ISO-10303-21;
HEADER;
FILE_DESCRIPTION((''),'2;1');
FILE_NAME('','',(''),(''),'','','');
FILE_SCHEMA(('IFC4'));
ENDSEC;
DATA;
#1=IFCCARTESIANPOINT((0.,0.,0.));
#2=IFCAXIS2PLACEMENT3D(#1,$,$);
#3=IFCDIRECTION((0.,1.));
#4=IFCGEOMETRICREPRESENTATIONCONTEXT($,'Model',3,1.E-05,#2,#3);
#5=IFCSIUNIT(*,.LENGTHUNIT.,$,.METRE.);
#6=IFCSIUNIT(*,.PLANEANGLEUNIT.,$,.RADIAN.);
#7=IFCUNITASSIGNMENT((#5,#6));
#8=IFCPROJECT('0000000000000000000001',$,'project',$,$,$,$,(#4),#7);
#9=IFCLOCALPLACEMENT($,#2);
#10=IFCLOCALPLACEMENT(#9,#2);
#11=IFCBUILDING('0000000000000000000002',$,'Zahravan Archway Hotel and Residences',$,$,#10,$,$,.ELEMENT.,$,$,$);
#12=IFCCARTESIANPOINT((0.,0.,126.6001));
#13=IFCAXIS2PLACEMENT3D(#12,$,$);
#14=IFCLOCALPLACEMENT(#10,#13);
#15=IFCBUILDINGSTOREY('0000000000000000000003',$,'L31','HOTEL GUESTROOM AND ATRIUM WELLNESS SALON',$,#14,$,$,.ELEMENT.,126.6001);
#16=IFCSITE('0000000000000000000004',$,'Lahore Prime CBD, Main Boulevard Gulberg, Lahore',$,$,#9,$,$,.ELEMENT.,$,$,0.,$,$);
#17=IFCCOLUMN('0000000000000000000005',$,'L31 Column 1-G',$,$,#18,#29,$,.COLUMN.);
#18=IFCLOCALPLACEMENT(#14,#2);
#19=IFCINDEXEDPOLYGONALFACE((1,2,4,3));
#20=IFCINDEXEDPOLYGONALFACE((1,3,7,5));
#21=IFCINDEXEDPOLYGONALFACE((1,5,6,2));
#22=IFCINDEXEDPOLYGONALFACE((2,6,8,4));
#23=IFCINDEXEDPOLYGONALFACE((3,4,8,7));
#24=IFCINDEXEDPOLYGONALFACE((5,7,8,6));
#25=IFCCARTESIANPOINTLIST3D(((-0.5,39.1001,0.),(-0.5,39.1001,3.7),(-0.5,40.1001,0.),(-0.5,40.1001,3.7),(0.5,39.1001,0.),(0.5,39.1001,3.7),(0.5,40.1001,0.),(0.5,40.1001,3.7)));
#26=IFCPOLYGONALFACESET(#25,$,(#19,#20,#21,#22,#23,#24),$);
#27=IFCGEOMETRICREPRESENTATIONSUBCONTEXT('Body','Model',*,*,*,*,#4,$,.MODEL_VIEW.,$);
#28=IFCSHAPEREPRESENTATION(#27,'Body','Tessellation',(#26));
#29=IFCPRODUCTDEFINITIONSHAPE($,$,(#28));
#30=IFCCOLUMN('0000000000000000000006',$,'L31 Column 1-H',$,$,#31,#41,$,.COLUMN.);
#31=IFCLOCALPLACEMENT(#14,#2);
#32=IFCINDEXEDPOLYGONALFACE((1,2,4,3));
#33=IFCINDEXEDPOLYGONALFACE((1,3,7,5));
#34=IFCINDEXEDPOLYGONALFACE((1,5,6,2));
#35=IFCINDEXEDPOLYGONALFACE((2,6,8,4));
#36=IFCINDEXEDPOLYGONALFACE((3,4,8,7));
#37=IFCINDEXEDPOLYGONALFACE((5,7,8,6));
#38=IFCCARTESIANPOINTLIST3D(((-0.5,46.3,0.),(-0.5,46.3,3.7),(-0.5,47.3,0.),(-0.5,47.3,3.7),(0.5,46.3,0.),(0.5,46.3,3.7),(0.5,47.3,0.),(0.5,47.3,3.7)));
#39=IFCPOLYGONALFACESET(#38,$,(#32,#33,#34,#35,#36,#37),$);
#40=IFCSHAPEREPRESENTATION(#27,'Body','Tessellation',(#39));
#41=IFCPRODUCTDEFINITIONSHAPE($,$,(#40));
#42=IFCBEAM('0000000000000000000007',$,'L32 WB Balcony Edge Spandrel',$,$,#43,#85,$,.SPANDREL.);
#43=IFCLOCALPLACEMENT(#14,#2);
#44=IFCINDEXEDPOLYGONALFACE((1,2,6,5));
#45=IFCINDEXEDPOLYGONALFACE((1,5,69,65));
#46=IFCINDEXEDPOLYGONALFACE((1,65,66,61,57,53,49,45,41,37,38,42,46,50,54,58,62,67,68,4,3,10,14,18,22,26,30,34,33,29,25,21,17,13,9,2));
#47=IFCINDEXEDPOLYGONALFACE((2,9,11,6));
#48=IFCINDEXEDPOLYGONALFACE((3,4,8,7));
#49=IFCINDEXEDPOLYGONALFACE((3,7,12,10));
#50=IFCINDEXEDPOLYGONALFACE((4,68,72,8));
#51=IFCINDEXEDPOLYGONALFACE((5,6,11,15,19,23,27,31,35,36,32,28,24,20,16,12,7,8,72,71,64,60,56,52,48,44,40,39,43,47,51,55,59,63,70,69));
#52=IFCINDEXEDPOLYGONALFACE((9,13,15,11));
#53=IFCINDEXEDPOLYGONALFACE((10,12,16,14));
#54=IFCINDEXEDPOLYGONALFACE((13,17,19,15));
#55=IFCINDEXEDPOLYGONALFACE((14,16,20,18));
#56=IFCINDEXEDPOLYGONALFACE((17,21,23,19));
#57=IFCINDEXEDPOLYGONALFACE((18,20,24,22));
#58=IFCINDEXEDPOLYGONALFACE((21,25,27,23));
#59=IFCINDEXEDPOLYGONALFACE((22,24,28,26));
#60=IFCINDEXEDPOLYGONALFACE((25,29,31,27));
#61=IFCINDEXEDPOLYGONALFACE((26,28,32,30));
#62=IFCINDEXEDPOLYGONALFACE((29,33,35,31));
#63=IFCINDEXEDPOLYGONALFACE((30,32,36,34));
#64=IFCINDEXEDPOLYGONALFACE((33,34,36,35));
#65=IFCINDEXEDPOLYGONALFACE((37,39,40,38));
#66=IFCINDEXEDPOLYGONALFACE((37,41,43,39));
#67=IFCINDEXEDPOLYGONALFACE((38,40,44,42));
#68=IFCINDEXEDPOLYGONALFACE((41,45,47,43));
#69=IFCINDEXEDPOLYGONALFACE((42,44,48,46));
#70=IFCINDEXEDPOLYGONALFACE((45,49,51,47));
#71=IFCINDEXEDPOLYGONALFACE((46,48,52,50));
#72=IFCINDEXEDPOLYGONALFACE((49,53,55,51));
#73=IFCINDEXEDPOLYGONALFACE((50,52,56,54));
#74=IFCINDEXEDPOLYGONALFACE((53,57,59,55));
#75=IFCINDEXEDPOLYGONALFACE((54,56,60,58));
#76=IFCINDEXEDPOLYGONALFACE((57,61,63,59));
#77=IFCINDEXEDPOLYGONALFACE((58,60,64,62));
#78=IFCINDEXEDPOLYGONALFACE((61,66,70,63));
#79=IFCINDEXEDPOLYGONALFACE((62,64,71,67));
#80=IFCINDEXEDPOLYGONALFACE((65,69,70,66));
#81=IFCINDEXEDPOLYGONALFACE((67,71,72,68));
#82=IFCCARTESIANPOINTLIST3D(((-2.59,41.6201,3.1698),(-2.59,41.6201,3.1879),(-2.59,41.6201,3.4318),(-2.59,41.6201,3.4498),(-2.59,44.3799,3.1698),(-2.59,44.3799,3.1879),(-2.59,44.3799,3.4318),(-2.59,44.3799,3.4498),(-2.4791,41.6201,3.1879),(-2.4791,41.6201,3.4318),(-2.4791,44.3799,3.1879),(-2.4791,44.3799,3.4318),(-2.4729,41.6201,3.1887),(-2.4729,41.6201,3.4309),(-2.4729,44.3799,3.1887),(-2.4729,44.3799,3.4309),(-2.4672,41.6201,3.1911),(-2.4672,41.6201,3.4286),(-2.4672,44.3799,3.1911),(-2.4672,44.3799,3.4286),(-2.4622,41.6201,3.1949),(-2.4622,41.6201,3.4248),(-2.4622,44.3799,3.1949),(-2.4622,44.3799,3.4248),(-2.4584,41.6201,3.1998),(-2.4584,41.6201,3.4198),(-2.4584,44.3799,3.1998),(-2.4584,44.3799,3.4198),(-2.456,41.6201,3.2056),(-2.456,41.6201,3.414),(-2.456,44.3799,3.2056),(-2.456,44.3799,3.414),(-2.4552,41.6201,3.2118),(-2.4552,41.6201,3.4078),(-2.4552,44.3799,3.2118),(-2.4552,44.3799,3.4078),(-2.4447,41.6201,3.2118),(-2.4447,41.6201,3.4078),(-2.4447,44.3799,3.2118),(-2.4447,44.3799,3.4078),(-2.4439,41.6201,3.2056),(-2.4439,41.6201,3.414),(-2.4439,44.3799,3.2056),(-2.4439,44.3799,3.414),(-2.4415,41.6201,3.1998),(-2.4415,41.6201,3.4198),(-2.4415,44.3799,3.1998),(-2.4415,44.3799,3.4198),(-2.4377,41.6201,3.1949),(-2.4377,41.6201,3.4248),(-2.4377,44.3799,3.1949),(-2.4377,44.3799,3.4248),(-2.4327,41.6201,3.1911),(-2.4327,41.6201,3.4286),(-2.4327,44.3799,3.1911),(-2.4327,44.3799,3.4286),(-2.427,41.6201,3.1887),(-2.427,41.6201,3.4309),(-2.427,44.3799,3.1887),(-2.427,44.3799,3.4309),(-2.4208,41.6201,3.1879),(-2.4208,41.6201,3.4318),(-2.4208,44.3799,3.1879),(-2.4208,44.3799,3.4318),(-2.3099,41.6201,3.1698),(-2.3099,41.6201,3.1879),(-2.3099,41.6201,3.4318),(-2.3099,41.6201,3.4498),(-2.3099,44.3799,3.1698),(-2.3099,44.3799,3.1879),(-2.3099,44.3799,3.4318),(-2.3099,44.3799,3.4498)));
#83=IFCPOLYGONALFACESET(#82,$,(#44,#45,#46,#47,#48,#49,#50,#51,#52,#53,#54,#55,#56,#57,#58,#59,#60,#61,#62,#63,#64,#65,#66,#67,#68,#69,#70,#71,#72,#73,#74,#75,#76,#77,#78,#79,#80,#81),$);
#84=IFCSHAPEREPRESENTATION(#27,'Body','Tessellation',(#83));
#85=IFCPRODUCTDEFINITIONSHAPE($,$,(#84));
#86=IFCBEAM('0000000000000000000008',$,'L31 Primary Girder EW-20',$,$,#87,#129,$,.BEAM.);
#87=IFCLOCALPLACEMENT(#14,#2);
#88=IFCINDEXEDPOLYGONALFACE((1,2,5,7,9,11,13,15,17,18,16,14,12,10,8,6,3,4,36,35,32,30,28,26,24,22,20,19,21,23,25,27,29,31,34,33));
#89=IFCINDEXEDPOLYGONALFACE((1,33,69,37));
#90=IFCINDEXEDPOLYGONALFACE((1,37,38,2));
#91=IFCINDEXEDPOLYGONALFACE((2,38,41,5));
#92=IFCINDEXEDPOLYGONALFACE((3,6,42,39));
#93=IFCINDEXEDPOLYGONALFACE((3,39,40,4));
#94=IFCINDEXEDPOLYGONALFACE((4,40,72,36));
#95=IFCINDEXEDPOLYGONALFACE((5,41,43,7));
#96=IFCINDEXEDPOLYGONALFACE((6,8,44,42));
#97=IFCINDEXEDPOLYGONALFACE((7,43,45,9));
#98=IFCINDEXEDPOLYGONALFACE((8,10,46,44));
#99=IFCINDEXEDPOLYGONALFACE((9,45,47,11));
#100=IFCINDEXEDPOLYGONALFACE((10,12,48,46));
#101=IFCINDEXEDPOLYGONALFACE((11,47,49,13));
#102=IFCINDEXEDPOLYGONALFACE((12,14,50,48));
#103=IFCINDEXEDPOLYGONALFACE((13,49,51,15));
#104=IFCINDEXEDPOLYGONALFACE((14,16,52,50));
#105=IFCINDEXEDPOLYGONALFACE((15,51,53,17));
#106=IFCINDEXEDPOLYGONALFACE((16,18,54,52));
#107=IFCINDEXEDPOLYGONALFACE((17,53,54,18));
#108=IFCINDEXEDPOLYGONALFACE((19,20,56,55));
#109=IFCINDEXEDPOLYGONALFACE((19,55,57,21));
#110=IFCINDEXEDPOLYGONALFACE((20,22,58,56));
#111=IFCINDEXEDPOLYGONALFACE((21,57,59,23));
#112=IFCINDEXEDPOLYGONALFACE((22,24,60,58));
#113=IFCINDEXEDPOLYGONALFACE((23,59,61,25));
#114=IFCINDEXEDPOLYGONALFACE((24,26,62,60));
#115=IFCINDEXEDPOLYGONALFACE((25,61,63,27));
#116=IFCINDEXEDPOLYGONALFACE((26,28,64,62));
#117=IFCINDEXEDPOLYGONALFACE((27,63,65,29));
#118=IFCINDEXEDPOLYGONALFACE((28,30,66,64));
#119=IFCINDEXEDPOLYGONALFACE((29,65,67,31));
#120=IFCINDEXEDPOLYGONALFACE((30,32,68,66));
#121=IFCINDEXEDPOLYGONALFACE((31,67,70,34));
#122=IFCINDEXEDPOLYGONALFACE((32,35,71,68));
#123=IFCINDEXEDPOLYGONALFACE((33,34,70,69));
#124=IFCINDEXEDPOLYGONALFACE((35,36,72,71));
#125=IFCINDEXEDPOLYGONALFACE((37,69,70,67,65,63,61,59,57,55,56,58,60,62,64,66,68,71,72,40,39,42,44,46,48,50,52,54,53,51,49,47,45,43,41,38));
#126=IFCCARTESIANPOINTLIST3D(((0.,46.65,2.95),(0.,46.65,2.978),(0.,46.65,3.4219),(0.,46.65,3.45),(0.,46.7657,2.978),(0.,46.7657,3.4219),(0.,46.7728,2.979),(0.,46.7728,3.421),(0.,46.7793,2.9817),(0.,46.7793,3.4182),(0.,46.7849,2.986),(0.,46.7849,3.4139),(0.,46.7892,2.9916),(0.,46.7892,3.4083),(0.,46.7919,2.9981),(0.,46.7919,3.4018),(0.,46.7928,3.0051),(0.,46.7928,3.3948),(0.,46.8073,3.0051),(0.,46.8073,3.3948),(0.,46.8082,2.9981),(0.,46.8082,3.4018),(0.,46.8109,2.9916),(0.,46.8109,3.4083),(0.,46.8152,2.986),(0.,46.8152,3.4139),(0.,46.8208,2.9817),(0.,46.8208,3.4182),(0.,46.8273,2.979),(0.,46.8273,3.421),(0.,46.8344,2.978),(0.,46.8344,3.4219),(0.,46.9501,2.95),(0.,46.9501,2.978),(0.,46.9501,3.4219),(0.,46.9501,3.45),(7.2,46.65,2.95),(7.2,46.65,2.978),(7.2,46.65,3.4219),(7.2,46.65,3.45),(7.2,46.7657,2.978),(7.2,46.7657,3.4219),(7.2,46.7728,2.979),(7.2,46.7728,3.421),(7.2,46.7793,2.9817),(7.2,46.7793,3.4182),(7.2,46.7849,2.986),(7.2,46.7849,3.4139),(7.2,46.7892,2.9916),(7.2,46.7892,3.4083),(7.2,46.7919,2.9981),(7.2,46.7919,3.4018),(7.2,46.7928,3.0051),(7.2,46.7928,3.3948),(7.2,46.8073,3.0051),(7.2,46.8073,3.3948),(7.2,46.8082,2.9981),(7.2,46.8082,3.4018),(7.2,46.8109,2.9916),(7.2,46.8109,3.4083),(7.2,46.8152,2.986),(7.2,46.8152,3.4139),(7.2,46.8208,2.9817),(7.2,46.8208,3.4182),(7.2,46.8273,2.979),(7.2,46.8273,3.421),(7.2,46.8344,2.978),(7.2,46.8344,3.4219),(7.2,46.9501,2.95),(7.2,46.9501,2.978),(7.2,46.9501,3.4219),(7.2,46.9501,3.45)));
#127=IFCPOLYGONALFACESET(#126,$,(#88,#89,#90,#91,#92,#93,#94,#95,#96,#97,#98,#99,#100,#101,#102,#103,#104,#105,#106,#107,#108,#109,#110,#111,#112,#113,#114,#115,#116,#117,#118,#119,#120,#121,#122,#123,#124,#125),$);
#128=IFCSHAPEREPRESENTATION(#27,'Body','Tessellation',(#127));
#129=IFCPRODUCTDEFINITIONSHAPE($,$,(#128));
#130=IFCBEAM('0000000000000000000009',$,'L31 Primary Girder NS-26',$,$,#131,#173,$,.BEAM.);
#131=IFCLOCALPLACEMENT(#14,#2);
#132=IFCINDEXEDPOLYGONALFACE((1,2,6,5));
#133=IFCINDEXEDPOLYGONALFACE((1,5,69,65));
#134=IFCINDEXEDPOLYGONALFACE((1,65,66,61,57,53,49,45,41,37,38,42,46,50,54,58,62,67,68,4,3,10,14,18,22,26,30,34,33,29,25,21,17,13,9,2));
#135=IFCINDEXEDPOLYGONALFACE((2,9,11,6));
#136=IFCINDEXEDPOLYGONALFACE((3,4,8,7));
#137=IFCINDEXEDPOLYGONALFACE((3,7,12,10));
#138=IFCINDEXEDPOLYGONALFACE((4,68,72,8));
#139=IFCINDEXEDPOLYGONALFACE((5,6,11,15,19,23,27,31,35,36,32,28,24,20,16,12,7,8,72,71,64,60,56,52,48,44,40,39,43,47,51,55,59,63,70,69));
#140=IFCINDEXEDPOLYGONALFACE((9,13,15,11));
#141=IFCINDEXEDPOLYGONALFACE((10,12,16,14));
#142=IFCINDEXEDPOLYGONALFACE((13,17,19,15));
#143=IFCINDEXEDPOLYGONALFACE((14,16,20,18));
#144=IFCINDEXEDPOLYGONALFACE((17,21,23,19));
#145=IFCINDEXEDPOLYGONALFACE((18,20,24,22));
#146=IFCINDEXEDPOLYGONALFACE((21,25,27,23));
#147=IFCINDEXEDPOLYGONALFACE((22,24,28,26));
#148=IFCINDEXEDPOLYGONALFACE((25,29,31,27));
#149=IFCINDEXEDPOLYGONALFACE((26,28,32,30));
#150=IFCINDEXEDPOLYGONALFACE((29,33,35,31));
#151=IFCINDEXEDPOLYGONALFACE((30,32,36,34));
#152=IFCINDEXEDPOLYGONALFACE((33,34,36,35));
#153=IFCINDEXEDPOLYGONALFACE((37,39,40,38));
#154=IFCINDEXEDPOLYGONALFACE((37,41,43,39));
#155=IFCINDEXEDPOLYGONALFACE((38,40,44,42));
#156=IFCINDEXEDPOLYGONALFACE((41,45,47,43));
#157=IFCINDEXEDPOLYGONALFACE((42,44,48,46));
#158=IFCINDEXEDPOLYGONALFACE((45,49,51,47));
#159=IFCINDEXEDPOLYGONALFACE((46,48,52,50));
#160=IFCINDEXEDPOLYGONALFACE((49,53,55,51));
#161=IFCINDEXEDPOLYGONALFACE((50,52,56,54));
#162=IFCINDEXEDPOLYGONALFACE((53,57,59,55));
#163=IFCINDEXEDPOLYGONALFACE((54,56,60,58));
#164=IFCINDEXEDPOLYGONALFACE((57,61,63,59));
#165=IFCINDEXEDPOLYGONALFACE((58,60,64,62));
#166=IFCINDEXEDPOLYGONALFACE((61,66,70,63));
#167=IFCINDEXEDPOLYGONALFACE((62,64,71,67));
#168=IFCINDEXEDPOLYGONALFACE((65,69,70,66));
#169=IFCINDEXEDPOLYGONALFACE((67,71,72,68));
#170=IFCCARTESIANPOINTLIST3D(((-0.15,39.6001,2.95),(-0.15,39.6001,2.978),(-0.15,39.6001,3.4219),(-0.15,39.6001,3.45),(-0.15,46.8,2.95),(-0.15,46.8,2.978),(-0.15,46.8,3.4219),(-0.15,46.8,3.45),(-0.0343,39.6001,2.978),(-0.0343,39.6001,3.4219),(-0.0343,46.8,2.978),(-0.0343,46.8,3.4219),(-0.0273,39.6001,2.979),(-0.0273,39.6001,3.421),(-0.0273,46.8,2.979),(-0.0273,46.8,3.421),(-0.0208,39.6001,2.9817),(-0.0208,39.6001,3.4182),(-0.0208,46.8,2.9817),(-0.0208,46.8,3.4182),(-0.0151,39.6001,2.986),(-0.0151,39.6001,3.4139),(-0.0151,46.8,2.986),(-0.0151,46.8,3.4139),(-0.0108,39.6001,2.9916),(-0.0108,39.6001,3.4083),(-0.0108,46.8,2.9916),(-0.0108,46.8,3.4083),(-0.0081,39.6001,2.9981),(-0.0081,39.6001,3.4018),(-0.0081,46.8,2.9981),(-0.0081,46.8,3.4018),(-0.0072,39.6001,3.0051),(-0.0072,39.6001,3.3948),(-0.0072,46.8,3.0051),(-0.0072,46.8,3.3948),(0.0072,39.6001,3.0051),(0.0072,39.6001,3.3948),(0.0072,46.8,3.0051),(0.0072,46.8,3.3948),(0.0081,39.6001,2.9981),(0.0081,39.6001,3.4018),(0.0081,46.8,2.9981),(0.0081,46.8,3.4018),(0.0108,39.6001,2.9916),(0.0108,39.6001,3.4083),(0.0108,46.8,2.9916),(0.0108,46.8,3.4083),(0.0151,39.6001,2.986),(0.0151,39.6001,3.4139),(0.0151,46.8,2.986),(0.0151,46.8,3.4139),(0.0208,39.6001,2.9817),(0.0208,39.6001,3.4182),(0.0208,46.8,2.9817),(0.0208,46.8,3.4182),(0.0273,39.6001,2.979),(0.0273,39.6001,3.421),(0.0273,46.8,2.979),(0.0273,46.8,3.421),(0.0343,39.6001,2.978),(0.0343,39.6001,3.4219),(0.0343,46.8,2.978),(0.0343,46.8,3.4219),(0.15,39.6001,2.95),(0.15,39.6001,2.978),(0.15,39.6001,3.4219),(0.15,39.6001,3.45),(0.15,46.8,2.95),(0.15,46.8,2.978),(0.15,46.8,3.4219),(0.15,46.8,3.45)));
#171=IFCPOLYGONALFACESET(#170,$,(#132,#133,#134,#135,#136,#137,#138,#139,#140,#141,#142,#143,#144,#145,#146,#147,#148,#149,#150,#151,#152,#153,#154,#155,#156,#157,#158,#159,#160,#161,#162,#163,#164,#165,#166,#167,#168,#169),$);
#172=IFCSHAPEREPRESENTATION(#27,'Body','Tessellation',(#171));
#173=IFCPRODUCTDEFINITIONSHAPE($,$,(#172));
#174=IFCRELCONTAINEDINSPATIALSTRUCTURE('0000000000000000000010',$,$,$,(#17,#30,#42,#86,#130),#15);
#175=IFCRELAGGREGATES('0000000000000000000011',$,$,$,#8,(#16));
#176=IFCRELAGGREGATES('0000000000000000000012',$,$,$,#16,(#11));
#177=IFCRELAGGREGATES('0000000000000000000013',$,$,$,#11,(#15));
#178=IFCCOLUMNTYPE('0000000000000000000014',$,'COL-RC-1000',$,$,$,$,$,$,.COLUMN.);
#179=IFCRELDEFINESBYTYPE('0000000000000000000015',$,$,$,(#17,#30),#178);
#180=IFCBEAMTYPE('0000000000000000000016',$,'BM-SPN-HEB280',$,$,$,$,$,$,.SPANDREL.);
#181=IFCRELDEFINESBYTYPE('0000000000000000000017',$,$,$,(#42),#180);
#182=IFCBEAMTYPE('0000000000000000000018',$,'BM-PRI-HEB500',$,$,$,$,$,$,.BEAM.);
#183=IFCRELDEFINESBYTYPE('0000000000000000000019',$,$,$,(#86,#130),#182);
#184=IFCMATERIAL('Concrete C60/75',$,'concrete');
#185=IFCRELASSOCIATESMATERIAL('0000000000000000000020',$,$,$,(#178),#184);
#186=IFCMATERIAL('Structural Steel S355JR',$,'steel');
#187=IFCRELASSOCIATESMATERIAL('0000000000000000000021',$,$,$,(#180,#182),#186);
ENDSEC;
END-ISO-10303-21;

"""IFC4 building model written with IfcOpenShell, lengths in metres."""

from ifc_helpers import new_model, si_unit, direction, frame, origin, origin_2d, place, context, subcontext, project, spatial, rectangle, i_section, extrude, source, transform, mapped, material, material_profile, profile_set, type_object, type_shapes, element, save


model = new_model("IFC4")

# Units and contexts
model_context = context("Model", 3, precision=1e-05, world=origin(), true_north=direction((0.0, 1.0)))
body_context = subcontext(model_context, "Body", "Model", "MODEL_VIEW")
ifc_project = project(units=[si_unit("LENGTHUNIT", "METRE"), si_unit("PLANEANGLEUNIT", "RADIAN")], contexts=[model_context])

# Site, building, storey
site_placement = place(None, origin())
site = spatial("IfcSite", under=ifc_project, at=site_placement, Name="Lahore Prime CBD, Main Boulevard Gulberg, Lahore", CompositionType="ELEMENT", RefElevation=0.0)
building_placement = place(site_placement, origin())
building = spatial("IfcBuilding", under=site, at=building_placement, Name="Zahravan Archway Hotel and Residences", CompositionType="ELEMENT")
storey_placement = place(building_placement, frame((0.0, 0.0, 126.6001)))
storey = spatial("IfcBuildingStorey", under=building, at=storey_placement, Name="L31", Description="HOTEL GUESTROOM AND ATRIUM WELLNESS SALON", CompositionType="ELEMENT", Elevation=126.6001)

# Columns
ifc_material_1 = material(Name="Concrete C60/75", Category="concrete")
ifc_material_profile_1 = material_profile(ifc_material_1, rectangle(XDim=1.0, YDim=1.0, at=origin_2d()), Name="RC-COL-1000x1000", Category="concrete")
ifc_profile_set_1 = profile_set([ifc_material_profile_1], Name="Concrete C60/75")
column_type = type_object("IfcColumnType", Name="COL-RC-1000", PredefinedType="COLUMN", material=ifc_profile_set_1)
shared_shape_1 = source(origin(), body_context, "Body", "SweptSolid", [
    extrude(rectangle(XDim=1.0, YDim=1.0, at=origin_2d()), origin(), (0.0, 0.0, 1.0), 3.7),
])
type_shapes(column_type, [shared_shape_1])
for number, where, z_axis, x_axis, name in (
    (1, (0.0, 39.6001, 0.0), (0.0, 0.0, 1.0), (1.0, 0.0, 0.0), "L31 Column 1-G"),
    (2, (0.0, 46.8, 0.0), (0.0, 0.0, 1.0), (1.0, 0.0, 0.0), "L31 Column 1-H"),
):
    element("IfcColumn", number, at=place(storey_placement, frame(where, z_axis=z_axis, x_axis=x_axis)), inside=storey, type_object=column_type, Name=name, PredefinedType="COLUMN", context=body_context, shape_type="MappedRepresentation", body=[
        mapped(shared_shape_1, transform((0.0, 0.0, 0.0), scale=1.0)),
    ])

# Beams
ifc_material_2 = material(Name="Structural Steel S355JR", Category="steel")
ifc_material_profile_2 = material_profile(ifc_material_2, i_section(OverallWidth=0.28, OverallDepth=0.28, WebThickness=0.0105, FlangeThickness=0.0181, FilletRadius=0.0239, at=origin_2d()), Name="HEB 280", Category="steel")
ifc_profile_set_2 = profile_set([ifc_material_profile_2], Name="Structural Steel S355JR")
beam_type_1 = type_object("IfcBeamType", Name="BM-SPN-HEB280", PredefinedType="SPANDREL", material=ifc_profile_set_2)
shared_shape_2 = source(origin(), body_context, "Body", "SweptSolid", [
    extrude(i_section(OverallWidth=0.28, OverallDepth=0.28, WebThickness=0.0105, FlangeThickness=0.0181, FilletRadius=0.0239, at=origin_2d()), origin(), (0.0, 0.0, 1.0), 2.7598),
])
beam_placement = place(storey_placement, frame((-2.45, 41.6201, 3.3098), z_axis=(0.0, 1.0, 0.0), x_axis=(-1.0, 0.0, 0.0)))
element("IfcBeam", 3, at=beam_placement, inside=storey, type_object=beam_type_1, Name="L32 WB Balcony Edge Spandrel", PredefinedType="SPANDREL", context=body_context, shape_type="MappedRepresentation", body=[
    mapped(shared_shape_2, transform((0.0, 0.0, 0.0), scale=1.0)),
])
ifc_material_profile_3 = material_profile(ifc_material_2, i_section(OverallWidth=0.3, OverallDepth=0.5, WebThickness=0.0144, FlangeThickness=0.0281, FilletRadius=0.0271, at=origin_2d()), Name="HEB 500", Category="steel")
ifc_profile_set_3 = profile_set([ifc_material_profile_3], Name="Structural Steel S355JR")
beam_type_2 = type_object("IfcBeamType", Name="BM-PRI-HEB500", PredefinedType="BEAM", material=ifc_profile_set_3)
shared_shape_3 = source(origin(), body_context, "Body", "SweptSolid", [
    extrude(i_section(OverallWidth=0.3, OverallDepth=0.5, WebThickness=0.0144, FlangeThickness=0.0281, FilletRadius=0.0271, at=origin_2d()), origin(), (0.0, 0.0, 1.0), 7.2),
])
for number, where, z_axis, x_axis, name in (
    (4, (0.0, 46.8, 3.2), (1.0, 0.0, 0.0), (0.0, 1.0, 0.0), "L31 Primary Girder EW-20"),
    (5, (0.0, 39.6001, 3.2), (0.0, 1.0, 0.0), (-1.0, 0.0, 0.0), "L31 Primary Girder NS-26"),
):
    element("IfcBeam", number, at=place(storey_placement, frame(where, z_axis=z_axis, x_axis=x_axis)), inside=storey, type_object=beam_type_2, Name=name, PredefinedType="BEAM", context=body_context, shape_type="MappedRepresentation", body=[
        mapped(shared_shape_3, transform((0.0, 0.0, 0.0), scale=1.0)),
    ])

save(model, "model.ifc")
